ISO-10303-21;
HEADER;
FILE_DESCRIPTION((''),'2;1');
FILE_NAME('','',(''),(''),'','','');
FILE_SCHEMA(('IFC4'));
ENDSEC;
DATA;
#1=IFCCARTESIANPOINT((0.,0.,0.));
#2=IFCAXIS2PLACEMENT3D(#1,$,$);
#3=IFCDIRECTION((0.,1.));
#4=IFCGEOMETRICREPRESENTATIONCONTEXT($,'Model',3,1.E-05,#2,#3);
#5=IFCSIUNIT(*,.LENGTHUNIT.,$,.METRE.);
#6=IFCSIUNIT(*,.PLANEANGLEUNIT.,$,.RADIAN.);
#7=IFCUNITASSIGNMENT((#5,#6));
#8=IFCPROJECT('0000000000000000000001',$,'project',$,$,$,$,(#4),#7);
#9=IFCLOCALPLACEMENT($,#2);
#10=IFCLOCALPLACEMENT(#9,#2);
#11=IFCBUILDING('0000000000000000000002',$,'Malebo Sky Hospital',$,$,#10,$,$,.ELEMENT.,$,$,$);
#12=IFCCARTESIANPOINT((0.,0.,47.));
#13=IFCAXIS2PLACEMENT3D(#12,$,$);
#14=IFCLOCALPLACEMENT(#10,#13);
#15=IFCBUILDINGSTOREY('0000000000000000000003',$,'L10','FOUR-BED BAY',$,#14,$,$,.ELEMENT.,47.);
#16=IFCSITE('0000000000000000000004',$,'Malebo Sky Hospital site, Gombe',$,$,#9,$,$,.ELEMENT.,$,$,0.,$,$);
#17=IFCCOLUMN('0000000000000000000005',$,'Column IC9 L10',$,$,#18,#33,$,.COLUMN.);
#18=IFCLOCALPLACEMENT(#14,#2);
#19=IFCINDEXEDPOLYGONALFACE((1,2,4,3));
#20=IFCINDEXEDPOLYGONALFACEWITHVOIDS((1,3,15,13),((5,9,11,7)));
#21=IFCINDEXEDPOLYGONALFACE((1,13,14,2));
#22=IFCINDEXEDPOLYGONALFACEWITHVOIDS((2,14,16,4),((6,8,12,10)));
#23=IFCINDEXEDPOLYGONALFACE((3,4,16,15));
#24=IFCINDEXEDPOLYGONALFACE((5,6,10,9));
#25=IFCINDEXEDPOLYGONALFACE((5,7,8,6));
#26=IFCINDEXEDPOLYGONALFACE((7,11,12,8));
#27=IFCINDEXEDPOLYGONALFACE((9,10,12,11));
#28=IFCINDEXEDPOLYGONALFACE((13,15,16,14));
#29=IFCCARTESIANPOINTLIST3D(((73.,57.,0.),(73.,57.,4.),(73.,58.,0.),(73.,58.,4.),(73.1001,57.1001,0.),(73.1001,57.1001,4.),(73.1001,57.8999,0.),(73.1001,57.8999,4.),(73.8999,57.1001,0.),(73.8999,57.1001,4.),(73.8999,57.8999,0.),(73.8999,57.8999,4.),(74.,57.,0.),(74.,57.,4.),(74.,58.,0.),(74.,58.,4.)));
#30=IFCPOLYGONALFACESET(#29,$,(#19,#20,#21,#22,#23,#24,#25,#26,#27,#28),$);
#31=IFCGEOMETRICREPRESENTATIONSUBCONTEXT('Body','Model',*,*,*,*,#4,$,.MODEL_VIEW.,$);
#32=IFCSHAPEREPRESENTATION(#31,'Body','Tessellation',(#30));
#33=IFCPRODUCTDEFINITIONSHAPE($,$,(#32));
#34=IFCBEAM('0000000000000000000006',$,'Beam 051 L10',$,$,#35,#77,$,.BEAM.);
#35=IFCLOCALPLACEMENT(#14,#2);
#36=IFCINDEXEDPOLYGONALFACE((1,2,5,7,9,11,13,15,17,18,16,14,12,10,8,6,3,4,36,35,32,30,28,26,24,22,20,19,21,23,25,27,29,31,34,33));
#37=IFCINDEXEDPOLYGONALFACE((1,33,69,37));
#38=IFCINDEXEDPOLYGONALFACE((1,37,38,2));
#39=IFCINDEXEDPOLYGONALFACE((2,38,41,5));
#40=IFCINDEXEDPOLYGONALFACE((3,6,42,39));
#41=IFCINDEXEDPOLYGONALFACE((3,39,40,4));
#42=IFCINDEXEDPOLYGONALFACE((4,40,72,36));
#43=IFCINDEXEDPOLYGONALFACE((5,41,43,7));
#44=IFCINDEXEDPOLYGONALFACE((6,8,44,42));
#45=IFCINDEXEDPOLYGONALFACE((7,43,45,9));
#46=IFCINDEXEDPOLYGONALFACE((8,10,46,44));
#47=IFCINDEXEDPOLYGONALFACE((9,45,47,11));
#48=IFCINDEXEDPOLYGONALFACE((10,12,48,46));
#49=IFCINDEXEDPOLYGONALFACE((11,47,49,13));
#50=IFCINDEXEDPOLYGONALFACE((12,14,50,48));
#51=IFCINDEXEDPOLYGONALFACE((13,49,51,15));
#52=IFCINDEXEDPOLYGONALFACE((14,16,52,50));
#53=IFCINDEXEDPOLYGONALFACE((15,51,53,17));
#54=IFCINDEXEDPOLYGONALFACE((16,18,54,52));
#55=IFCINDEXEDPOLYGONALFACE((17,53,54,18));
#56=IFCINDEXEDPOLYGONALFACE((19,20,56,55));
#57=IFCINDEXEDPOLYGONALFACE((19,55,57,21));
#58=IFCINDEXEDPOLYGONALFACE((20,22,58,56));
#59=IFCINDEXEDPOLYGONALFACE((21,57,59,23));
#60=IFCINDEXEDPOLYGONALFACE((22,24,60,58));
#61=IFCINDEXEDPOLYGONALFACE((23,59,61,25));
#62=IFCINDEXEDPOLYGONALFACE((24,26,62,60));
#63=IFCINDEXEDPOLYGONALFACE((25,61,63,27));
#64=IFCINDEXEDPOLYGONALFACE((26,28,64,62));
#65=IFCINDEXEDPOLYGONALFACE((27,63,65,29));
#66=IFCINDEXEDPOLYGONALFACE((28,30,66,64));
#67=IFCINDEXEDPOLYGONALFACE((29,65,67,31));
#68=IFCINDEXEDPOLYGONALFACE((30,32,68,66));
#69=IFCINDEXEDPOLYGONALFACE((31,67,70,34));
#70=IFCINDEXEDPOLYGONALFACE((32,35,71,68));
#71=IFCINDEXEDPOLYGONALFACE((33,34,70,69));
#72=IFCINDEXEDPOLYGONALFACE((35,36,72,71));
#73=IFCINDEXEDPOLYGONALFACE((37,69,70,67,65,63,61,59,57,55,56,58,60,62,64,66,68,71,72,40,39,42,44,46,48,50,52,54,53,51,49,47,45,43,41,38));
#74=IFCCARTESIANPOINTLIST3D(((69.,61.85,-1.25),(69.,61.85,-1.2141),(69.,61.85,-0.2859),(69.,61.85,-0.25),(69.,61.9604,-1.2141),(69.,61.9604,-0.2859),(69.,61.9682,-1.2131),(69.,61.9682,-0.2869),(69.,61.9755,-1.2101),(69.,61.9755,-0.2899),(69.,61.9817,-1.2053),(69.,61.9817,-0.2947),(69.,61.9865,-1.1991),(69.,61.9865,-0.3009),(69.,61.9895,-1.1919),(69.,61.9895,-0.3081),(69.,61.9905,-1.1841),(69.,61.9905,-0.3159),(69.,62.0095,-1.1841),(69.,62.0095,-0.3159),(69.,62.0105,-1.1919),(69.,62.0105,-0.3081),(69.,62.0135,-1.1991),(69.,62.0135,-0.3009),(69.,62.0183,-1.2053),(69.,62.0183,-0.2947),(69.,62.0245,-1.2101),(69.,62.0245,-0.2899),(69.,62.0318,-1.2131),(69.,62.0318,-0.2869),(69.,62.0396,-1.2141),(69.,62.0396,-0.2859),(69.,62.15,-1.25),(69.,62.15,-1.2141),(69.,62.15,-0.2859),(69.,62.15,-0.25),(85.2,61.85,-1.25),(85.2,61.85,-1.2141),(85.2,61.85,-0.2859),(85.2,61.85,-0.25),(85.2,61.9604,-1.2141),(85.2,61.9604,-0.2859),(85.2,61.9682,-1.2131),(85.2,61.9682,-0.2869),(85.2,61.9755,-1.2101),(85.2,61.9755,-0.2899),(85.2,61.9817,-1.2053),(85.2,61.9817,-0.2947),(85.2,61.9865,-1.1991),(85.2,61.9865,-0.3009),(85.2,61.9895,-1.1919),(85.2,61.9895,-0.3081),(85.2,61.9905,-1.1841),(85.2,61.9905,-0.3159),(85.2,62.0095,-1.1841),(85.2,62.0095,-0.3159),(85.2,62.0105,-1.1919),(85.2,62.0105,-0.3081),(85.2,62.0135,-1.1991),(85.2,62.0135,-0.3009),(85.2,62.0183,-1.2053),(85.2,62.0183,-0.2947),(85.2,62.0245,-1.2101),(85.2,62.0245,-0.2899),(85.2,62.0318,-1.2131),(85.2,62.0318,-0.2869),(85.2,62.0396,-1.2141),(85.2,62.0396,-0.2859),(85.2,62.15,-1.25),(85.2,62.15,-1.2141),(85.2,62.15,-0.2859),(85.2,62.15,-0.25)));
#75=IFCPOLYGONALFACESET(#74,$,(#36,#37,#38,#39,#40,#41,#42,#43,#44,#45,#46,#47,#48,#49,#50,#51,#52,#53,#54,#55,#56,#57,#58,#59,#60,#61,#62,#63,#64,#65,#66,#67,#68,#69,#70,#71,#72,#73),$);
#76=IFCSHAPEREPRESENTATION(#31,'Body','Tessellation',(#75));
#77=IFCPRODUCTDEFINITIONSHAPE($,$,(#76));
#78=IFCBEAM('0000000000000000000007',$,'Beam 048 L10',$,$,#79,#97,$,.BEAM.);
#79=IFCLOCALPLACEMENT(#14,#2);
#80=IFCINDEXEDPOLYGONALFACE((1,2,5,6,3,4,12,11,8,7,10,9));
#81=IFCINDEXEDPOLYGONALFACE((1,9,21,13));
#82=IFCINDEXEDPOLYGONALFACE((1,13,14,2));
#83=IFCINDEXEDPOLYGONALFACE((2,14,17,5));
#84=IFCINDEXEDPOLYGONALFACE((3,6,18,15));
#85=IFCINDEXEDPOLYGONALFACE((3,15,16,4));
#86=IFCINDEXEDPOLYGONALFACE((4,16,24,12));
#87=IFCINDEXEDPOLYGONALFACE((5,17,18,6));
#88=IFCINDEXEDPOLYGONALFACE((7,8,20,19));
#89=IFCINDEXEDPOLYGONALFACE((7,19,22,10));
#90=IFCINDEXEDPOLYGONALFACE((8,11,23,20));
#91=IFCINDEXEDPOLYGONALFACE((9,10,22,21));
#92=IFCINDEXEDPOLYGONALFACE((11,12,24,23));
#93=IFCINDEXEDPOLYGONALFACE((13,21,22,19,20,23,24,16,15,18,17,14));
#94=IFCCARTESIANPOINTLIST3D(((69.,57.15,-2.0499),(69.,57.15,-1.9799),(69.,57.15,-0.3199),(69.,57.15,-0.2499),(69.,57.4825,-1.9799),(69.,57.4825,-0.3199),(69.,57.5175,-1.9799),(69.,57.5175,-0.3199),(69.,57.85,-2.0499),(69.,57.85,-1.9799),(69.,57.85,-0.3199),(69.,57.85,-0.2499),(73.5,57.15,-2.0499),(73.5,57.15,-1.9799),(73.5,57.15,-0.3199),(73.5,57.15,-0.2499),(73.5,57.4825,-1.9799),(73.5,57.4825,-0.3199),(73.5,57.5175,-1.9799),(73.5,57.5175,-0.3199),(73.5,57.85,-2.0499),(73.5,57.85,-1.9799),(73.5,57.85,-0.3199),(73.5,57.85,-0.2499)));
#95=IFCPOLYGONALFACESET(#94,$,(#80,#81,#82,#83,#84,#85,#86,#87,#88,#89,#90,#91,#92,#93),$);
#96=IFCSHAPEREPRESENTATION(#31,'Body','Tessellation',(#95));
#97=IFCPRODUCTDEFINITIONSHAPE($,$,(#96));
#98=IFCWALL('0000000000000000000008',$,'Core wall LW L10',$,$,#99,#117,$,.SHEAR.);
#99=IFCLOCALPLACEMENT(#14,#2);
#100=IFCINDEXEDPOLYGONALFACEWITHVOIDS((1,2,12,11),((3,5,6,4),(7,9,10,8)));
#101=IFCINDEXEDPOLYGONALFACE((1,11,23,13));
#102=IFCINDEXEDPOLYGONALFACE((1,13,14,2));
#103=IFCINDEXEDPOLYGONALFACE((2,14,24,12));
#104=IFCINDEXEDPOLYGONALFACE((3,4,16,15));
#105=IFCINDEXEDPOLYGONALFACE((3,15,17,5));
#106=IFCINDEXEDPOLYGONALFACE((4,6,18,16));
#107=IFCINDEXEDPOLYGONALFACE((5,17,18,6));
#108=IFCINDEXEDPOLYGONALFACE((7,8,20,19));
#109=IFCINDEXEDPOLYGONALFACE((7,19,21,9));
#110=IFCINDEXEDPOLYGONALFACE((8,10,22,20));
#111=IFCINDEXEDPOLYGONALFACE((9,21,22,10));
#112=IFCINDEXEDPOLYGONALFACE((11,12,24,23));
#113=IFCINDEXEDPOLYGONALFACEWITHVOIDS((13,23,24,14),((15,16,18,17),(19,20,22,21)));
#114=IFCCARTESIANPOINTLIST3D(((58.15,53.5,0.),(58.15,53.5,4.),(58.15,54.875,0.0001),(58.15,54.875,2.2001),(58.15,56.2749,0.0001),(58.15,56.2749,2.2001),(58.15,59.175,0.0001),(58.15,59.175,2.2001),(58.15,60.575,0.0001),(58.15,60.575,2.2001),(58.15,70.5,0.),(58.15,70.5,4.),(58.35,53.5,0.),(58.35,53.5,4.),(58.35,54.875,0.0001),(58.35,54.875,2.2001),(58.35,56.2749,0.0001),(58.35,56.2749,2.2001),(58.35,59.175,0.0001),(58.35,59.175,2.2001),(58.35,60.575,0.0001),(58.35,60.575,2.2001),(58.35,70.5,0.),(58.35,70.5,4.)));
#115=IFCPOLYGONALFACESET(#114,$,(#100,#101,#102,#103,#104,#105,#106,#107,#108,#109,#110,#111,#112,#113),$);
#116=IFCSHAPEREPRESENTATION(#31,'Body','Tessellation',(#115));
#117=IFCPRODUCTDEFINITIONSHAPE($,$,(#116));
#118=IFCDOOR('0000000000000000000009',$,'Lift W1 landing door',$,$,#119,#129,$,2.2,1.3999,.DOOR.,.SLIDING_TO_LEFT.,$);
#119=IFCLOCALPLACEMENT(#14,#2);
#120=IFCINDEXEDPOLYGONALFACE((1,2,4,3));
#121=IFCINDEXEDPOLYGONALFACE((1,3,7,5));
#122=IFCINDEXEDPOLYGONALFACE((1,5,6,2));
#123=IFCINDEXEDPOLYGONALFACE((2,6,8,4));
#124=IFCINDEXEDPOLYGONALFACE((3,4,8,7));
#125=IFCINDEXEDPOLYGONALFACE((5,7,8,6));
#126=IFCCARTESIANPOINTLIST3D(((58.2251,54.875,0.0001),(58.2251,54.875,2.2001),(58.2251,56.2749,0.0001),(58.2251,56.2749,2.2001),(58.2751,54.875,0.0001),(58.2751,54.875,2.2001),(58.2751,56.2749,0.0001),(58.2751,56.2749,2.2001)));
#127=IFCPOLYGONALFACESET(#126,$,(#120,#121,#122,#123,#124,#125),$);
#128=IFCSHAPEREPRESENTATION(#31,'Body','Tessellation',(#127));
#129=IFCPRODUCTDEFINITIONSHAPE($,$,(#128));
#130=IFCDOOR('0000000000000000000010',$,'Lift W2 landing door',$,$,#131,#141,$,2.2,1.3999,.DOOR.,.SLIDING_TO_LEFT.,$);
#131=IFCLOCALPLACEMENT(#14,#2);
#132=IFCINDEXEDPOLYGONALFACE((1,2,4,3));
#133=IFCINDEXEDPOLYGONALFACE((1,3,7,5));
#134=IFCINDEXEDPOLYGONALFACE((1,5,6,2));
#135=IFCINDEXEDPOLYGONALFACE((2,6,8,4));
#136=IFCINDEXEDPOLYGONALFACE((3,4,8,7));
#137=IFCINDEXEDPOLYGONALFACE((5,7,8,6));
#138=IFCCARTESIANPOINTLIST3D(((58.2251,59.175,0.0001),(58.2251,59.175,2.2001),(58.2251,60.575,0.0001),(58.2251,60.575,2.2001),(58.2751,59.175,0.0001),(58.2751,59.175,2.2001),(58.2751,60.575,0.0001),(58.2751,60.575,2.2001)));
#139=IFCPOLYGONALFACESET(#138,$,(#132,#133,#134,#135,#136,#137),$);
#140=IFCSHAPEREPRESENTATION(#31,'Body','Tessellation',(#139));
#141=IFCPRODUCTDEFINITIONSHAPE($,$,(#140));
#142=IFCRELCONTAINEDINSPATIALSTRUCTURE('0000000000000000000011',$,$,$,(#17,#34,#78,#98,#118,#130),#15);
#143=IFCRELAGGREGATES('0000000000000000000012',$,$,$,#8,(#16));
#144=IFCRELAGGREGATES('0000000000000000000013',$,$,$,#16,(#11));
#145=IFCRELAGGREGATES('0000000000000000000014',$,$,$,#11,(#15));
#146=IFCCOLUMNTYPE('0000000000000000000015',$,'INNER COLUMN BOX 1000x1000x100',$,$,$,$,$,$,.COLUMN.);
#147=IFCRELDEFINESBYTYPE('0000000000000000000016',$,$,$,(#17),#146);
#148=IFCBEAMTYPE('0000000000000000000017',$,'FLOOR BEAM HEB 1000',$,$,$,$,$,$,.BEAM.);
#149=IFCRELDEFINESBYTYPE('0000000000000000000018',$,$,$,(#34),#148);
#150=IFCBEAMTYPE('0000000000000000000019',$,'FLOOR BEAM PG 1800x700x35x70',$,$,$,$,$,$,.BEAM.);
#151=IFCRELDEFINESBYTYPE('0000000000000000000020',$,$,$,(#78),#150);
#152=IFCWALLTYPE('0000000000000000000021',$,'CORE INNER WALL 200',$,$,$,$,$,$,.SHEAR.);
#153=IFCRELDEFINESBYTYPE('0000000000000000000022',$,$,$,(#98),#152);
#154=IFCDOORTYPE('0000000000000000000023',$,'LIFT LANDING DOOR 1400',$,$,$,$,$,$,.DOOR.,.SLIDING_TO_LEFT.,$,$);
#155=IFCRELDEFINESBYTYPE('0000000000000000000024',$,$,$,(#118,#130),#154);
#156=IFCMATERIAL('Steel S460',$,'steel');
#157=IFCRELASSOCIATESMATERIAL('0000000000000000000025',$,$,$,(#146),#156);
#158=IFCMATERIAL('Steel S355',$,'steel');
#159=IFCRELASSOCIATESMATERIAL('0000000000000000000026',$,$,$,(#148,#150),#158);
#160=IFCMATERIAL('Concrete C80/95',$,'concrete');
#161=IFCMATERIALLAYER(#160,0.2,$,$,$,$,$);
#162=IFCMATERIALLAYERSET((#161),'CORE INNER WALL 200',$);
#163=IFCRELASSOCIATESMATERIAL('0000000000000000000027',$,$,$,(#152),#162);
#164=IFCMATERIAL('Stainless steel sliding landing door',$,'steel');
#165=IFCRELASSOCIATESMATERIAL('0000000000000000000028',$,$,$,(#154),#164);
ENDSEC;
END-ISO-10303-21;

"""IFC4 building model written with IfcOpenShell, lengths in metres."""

from ifc_helpers import new_model, si_unit, direction, frame, frame_2d, origin, origin_2d, place, context, subcontext, project, spatial, rectangle, hollow_rectangle, i_section, extrude, material, layer, layer_set, material_profile, profile_set, type_object, element, fill, save


model = new_model("IFC4")

# Units and contexts
model_context = context("Model", 3, precision=1e-05, world=origin(), true_north=direction((0.0, 1.0)))
body_context = subcontext(model_context, "Body", "Model", "MODEL_VIEW")
ifc_project = project(units=[si_unit("LENGTHUNIT", "METRE"), si_unit("PLANEANGLEUNIT", "RADIAN")], contexts=[model_context])

# Site, building, storey
site_placement = place(None, origin())
site = spatial("IfcSite", under=ifc_project, at=site_placement, Name="Malebo Sky Hospital site, Gombe", CompositionType="ELEMENT", RefElevation=0.0)
building_placement = place(site_placement, origin())
building = spatial("IfcBuilding", under=site, at=building_placement, Name="Malebo Sky Hospital", CompositionType="ELEMENT")
storey_placement = place(building_placement, frame((0.0, 0.0, 47.0)))
storey = spatial("IfcBuildingStorey", under=building, at=storey_placement, Name="L10", Description="FOUR-BED BAY", CompositionType="ELEMENT", Elevation=47.0)

# Column
ifc_material_1 = material(Name="Steel S460", Category="steel")
ifc_material_profile_1 = material_profile(ifc_material_1, hollow_rectangle(XDim=1.0, YDim=1.0, WallThickness=0.1001, at=origin_2d()), Name="BOX 1000x1000x100")
ifc_profile_set_1 = profile_set([ifc_material_profile_1], Name="Steel S460")
column_type = type_object("IfcColumnType", Name="INNER COLUMN BOX 1000x1000x100", PredefinedType="COLUMN", material=ifc_profile_set_1)
column_placement = place(storey_placement, frame((73.5, 57.5, 0.0), z_axis=(0.0, 0.0, 1.0), x_axis=(1.0, 0.0, 0.0)))
element("IfcColumn", 1, at=column_placement, inside=storey, type_object=column_type, Name="Column IC9 L10", PredefinedType="COLUMN", context=body_context, shape_type="SweptSolid", body=[
    extrude(hollow_rectangle(XDim=1.0, YDim=1.0, WallThickness=0.1001, at=origin_2d()), origin(), (0.0, 0.0, 1.0), 4.0),
])

# Beams
ifc_material_2 = material(Name="Steel S355", Category="steel")
ifc_material_profile_2 = material_profile(ifc_material_2, i_section(OverallWidth=0.3, OverallDepth=1.0, WebThickness=0.019, FlangeThickness=0.0359, FilletRadius=0.03, at=origin_2d()), Name="HEB 1000")
ifc_profile_set_2 = profile_set([ifc_material_profile_2], Name="Steel S355")
beam_type_1 = type_object("IfcBeamType", Name="FLOOR BEAM HEB 1000", PredefinedType="BEAM", material=ifc_profile_set_2)
beam_1_placement = place(storey_placement, frame((69.0, 62.0, -0.75), z_axis=(1.0, 0.0, 0.0), x_axis=(0.0, 1.0, 0.0)))
element("IfcBeam", 2, at=beam_1_placement, inside=storey, type_object=beam_type_1, Name="Beam 051 L10", PredefinedType="BEAM", context=body_context, shape_type="SweptSolid", body=[
    extrude(i_section(OverallWidth=0.3, OverallDepth=1.0, WebThickness=0.019, FlangeThickness=0.0359, FilletRadius=0.03, at=origin_2d()), origin(), (0.0, 0.0, 1.0), 16.2),
])
ifc_material_profile_3 = material_profile(ifc_material_2, i_section(OverallWidth=0.7, OverallDepth=1.8, WebThickness=0.0349, FlangeThickness=0.0701, at=origin_2d()), Name="PG 1800x700x35x70")
ifc_profile_set_3 = profile_set([ifc_material_profile_3], Name="Steel S355")
beam_type_2 = type_object("IfcBeamType", Name="FLOOR BEAM PG 1800x700x35x70", PredefinedType="BEAM", material=ifc_profile_set_3)
beam_2_placement = place(storey_placement, frame((69.0, 57.5, -1.1499), z_axis=(1.0, 0.0, 0.0), x_axis=(0.0, 1.0, 0.0)))
element("IfcBeam", 3, at=beam_2_placement, inside=storey, type_object=beam_type_2, Name="Beam 048 L10", PredefinedType="BEAM", context=body_context, shape_type="SweptSolid", body=[
    extrude(i_section(OverallWidth=0.7, OverallDepth=1.8, WebThickness=0.0349, FlangeThickness=0.0701, at=origin_2d()), origin(), (0.0, 0.0, 1.0), 4.5),
])

# Wall, openings, doors
ifc_material_3 = material(Name="Concrete C80/95", Category="concrete")
ifc_layer_1 = layer(ifc_material_3, 0.2)
ifc_layer_set_1 = layer_set([ifc_layer_1], Name="CORE INNER WALL 200")
wall_type_1 = type_object("IfcWallType", Name="CORE INNER WALL 200", PredefinedType="SHEAR", material=ifc_layer_set_1)
wall_1_placement = place(storey_placement, frame((58.25, 53.5, 0.0), z_axis=(0.0, 0.0, 1.0), x_axis=(0.0, 1.0, 0.0)))
wall_1 = element("IfcWall", 4, at=wall_1_placement, inside=storey, type_object=wall_type_1, Name="Core wall LW L10", PredefinedType="SHEAR", context=body_context, shape_type="SweptSolid", body=[
    extrude(rectangle(XDim=17.0, YDim=0.2, at=frame_2d((8.5, 0.0))), origin(), (0.0, 0.0, 1.0), 4.0),
])
opening_1_placement = place(wall_1_placement, frame((1.375, 0.0, 0.0)))
opening_1 = element("IfcOpeningElement", 5, at=opening_1_placement, cuts=wall_1, PredefinedType="OPENING", context=body_context, shape_type="SweptSolid", body=[
    extrude(rectangle(XDim=1.3999, YDim=2.2, at=frame_2d((0.7, 1.1001))), frame((0.0, 0.1099, 0.0), z_axis=(0.0, -1.0, 0.0), x_axis=(1.0, 0.0, 0.0)), (0.0, 0.0, 1.0), 0.22),
])
opening_2_placement = place(wall_1_placement, frame((5.675, 0.0, 0.0)))
opening_2 = element("IfcOpeningElement", 6, at=opening_2_placement, cuts=wall_1, PredefinedType="OPENING", context=body_context, shape_type="SweptSolid", body=[
    extrude(rectangle(XDim=1.3999, YDim=2.2, at=frame_2d((0.7, 1.1001))), frame((0.0, 0.1099, 0.0), z_axis=(0.0, -1.0, 0.0), x_axis=(1.0, 0.0, 0.0)), (0.0, 0.0, 1.0), 0.22),
])
ifc_material_4 = material(Name="Stainless steel sliding landing door", Category="steel")
door_type_1 = type_object("IfcDoorType", Name="LIFT LANDING DOOR 1400", OperationType="SLIDING_TO_LEFT", PredefinedType="DOOR", material=ifc_material_4)
door_1_placement = place(opening_1_placement, origin())
door_1 = element("IfcDoor", 7, at=door_1_placement, inside=storey, type_object=door_type_1, Name="Lift W1 landing door", OperationType="SLIDING_TO_LEFT", OverallHeight=2.2, OverallWidth=1.3999, PredefinedType="DOOR", context=body_context, shape_type="SweptSolid", body=[
    extrude(rectangle(XDim=1.3999, YDim=2.2, at=frame_2d((0.7, 1.1001))), frame((0.0, 0.0249, 0.0), z_axis=(0.0, -1.0, 0.0), x_axis=(1.0, 0.0, 0.0)), (0.0, 0.0, 1.0), 0.05),
])
fill(opening_1, door_1)
door_2_placement = place(opening_2_placement, origin())
door_2 = element("IfcDoor", 8, at=door_2_placement, inside=storey, type_object=door_type_1, Name="Lift W2 landing door", OperationType="SLIDING_TO_LEFT", OverallHeight=2.2, OverallWidth=1.3999, PredefinedType="DOOR", context=body_context, shape_type="SweptSolid", body=[
    extrude(rectangle(XDim=1.3999, YDim=2.2, at=frame_2d((0.7, 1.1001))), frame((0.0, 0.0249, 0.0), z_axis=(0.0, -1.0, 0.0), x_axis=(1.0, 0.0, 0.0)), (0.0, 0.0, 1.0), 0.05),
])
fill(opening_2, door_2)

save(model, "model.ifc")
